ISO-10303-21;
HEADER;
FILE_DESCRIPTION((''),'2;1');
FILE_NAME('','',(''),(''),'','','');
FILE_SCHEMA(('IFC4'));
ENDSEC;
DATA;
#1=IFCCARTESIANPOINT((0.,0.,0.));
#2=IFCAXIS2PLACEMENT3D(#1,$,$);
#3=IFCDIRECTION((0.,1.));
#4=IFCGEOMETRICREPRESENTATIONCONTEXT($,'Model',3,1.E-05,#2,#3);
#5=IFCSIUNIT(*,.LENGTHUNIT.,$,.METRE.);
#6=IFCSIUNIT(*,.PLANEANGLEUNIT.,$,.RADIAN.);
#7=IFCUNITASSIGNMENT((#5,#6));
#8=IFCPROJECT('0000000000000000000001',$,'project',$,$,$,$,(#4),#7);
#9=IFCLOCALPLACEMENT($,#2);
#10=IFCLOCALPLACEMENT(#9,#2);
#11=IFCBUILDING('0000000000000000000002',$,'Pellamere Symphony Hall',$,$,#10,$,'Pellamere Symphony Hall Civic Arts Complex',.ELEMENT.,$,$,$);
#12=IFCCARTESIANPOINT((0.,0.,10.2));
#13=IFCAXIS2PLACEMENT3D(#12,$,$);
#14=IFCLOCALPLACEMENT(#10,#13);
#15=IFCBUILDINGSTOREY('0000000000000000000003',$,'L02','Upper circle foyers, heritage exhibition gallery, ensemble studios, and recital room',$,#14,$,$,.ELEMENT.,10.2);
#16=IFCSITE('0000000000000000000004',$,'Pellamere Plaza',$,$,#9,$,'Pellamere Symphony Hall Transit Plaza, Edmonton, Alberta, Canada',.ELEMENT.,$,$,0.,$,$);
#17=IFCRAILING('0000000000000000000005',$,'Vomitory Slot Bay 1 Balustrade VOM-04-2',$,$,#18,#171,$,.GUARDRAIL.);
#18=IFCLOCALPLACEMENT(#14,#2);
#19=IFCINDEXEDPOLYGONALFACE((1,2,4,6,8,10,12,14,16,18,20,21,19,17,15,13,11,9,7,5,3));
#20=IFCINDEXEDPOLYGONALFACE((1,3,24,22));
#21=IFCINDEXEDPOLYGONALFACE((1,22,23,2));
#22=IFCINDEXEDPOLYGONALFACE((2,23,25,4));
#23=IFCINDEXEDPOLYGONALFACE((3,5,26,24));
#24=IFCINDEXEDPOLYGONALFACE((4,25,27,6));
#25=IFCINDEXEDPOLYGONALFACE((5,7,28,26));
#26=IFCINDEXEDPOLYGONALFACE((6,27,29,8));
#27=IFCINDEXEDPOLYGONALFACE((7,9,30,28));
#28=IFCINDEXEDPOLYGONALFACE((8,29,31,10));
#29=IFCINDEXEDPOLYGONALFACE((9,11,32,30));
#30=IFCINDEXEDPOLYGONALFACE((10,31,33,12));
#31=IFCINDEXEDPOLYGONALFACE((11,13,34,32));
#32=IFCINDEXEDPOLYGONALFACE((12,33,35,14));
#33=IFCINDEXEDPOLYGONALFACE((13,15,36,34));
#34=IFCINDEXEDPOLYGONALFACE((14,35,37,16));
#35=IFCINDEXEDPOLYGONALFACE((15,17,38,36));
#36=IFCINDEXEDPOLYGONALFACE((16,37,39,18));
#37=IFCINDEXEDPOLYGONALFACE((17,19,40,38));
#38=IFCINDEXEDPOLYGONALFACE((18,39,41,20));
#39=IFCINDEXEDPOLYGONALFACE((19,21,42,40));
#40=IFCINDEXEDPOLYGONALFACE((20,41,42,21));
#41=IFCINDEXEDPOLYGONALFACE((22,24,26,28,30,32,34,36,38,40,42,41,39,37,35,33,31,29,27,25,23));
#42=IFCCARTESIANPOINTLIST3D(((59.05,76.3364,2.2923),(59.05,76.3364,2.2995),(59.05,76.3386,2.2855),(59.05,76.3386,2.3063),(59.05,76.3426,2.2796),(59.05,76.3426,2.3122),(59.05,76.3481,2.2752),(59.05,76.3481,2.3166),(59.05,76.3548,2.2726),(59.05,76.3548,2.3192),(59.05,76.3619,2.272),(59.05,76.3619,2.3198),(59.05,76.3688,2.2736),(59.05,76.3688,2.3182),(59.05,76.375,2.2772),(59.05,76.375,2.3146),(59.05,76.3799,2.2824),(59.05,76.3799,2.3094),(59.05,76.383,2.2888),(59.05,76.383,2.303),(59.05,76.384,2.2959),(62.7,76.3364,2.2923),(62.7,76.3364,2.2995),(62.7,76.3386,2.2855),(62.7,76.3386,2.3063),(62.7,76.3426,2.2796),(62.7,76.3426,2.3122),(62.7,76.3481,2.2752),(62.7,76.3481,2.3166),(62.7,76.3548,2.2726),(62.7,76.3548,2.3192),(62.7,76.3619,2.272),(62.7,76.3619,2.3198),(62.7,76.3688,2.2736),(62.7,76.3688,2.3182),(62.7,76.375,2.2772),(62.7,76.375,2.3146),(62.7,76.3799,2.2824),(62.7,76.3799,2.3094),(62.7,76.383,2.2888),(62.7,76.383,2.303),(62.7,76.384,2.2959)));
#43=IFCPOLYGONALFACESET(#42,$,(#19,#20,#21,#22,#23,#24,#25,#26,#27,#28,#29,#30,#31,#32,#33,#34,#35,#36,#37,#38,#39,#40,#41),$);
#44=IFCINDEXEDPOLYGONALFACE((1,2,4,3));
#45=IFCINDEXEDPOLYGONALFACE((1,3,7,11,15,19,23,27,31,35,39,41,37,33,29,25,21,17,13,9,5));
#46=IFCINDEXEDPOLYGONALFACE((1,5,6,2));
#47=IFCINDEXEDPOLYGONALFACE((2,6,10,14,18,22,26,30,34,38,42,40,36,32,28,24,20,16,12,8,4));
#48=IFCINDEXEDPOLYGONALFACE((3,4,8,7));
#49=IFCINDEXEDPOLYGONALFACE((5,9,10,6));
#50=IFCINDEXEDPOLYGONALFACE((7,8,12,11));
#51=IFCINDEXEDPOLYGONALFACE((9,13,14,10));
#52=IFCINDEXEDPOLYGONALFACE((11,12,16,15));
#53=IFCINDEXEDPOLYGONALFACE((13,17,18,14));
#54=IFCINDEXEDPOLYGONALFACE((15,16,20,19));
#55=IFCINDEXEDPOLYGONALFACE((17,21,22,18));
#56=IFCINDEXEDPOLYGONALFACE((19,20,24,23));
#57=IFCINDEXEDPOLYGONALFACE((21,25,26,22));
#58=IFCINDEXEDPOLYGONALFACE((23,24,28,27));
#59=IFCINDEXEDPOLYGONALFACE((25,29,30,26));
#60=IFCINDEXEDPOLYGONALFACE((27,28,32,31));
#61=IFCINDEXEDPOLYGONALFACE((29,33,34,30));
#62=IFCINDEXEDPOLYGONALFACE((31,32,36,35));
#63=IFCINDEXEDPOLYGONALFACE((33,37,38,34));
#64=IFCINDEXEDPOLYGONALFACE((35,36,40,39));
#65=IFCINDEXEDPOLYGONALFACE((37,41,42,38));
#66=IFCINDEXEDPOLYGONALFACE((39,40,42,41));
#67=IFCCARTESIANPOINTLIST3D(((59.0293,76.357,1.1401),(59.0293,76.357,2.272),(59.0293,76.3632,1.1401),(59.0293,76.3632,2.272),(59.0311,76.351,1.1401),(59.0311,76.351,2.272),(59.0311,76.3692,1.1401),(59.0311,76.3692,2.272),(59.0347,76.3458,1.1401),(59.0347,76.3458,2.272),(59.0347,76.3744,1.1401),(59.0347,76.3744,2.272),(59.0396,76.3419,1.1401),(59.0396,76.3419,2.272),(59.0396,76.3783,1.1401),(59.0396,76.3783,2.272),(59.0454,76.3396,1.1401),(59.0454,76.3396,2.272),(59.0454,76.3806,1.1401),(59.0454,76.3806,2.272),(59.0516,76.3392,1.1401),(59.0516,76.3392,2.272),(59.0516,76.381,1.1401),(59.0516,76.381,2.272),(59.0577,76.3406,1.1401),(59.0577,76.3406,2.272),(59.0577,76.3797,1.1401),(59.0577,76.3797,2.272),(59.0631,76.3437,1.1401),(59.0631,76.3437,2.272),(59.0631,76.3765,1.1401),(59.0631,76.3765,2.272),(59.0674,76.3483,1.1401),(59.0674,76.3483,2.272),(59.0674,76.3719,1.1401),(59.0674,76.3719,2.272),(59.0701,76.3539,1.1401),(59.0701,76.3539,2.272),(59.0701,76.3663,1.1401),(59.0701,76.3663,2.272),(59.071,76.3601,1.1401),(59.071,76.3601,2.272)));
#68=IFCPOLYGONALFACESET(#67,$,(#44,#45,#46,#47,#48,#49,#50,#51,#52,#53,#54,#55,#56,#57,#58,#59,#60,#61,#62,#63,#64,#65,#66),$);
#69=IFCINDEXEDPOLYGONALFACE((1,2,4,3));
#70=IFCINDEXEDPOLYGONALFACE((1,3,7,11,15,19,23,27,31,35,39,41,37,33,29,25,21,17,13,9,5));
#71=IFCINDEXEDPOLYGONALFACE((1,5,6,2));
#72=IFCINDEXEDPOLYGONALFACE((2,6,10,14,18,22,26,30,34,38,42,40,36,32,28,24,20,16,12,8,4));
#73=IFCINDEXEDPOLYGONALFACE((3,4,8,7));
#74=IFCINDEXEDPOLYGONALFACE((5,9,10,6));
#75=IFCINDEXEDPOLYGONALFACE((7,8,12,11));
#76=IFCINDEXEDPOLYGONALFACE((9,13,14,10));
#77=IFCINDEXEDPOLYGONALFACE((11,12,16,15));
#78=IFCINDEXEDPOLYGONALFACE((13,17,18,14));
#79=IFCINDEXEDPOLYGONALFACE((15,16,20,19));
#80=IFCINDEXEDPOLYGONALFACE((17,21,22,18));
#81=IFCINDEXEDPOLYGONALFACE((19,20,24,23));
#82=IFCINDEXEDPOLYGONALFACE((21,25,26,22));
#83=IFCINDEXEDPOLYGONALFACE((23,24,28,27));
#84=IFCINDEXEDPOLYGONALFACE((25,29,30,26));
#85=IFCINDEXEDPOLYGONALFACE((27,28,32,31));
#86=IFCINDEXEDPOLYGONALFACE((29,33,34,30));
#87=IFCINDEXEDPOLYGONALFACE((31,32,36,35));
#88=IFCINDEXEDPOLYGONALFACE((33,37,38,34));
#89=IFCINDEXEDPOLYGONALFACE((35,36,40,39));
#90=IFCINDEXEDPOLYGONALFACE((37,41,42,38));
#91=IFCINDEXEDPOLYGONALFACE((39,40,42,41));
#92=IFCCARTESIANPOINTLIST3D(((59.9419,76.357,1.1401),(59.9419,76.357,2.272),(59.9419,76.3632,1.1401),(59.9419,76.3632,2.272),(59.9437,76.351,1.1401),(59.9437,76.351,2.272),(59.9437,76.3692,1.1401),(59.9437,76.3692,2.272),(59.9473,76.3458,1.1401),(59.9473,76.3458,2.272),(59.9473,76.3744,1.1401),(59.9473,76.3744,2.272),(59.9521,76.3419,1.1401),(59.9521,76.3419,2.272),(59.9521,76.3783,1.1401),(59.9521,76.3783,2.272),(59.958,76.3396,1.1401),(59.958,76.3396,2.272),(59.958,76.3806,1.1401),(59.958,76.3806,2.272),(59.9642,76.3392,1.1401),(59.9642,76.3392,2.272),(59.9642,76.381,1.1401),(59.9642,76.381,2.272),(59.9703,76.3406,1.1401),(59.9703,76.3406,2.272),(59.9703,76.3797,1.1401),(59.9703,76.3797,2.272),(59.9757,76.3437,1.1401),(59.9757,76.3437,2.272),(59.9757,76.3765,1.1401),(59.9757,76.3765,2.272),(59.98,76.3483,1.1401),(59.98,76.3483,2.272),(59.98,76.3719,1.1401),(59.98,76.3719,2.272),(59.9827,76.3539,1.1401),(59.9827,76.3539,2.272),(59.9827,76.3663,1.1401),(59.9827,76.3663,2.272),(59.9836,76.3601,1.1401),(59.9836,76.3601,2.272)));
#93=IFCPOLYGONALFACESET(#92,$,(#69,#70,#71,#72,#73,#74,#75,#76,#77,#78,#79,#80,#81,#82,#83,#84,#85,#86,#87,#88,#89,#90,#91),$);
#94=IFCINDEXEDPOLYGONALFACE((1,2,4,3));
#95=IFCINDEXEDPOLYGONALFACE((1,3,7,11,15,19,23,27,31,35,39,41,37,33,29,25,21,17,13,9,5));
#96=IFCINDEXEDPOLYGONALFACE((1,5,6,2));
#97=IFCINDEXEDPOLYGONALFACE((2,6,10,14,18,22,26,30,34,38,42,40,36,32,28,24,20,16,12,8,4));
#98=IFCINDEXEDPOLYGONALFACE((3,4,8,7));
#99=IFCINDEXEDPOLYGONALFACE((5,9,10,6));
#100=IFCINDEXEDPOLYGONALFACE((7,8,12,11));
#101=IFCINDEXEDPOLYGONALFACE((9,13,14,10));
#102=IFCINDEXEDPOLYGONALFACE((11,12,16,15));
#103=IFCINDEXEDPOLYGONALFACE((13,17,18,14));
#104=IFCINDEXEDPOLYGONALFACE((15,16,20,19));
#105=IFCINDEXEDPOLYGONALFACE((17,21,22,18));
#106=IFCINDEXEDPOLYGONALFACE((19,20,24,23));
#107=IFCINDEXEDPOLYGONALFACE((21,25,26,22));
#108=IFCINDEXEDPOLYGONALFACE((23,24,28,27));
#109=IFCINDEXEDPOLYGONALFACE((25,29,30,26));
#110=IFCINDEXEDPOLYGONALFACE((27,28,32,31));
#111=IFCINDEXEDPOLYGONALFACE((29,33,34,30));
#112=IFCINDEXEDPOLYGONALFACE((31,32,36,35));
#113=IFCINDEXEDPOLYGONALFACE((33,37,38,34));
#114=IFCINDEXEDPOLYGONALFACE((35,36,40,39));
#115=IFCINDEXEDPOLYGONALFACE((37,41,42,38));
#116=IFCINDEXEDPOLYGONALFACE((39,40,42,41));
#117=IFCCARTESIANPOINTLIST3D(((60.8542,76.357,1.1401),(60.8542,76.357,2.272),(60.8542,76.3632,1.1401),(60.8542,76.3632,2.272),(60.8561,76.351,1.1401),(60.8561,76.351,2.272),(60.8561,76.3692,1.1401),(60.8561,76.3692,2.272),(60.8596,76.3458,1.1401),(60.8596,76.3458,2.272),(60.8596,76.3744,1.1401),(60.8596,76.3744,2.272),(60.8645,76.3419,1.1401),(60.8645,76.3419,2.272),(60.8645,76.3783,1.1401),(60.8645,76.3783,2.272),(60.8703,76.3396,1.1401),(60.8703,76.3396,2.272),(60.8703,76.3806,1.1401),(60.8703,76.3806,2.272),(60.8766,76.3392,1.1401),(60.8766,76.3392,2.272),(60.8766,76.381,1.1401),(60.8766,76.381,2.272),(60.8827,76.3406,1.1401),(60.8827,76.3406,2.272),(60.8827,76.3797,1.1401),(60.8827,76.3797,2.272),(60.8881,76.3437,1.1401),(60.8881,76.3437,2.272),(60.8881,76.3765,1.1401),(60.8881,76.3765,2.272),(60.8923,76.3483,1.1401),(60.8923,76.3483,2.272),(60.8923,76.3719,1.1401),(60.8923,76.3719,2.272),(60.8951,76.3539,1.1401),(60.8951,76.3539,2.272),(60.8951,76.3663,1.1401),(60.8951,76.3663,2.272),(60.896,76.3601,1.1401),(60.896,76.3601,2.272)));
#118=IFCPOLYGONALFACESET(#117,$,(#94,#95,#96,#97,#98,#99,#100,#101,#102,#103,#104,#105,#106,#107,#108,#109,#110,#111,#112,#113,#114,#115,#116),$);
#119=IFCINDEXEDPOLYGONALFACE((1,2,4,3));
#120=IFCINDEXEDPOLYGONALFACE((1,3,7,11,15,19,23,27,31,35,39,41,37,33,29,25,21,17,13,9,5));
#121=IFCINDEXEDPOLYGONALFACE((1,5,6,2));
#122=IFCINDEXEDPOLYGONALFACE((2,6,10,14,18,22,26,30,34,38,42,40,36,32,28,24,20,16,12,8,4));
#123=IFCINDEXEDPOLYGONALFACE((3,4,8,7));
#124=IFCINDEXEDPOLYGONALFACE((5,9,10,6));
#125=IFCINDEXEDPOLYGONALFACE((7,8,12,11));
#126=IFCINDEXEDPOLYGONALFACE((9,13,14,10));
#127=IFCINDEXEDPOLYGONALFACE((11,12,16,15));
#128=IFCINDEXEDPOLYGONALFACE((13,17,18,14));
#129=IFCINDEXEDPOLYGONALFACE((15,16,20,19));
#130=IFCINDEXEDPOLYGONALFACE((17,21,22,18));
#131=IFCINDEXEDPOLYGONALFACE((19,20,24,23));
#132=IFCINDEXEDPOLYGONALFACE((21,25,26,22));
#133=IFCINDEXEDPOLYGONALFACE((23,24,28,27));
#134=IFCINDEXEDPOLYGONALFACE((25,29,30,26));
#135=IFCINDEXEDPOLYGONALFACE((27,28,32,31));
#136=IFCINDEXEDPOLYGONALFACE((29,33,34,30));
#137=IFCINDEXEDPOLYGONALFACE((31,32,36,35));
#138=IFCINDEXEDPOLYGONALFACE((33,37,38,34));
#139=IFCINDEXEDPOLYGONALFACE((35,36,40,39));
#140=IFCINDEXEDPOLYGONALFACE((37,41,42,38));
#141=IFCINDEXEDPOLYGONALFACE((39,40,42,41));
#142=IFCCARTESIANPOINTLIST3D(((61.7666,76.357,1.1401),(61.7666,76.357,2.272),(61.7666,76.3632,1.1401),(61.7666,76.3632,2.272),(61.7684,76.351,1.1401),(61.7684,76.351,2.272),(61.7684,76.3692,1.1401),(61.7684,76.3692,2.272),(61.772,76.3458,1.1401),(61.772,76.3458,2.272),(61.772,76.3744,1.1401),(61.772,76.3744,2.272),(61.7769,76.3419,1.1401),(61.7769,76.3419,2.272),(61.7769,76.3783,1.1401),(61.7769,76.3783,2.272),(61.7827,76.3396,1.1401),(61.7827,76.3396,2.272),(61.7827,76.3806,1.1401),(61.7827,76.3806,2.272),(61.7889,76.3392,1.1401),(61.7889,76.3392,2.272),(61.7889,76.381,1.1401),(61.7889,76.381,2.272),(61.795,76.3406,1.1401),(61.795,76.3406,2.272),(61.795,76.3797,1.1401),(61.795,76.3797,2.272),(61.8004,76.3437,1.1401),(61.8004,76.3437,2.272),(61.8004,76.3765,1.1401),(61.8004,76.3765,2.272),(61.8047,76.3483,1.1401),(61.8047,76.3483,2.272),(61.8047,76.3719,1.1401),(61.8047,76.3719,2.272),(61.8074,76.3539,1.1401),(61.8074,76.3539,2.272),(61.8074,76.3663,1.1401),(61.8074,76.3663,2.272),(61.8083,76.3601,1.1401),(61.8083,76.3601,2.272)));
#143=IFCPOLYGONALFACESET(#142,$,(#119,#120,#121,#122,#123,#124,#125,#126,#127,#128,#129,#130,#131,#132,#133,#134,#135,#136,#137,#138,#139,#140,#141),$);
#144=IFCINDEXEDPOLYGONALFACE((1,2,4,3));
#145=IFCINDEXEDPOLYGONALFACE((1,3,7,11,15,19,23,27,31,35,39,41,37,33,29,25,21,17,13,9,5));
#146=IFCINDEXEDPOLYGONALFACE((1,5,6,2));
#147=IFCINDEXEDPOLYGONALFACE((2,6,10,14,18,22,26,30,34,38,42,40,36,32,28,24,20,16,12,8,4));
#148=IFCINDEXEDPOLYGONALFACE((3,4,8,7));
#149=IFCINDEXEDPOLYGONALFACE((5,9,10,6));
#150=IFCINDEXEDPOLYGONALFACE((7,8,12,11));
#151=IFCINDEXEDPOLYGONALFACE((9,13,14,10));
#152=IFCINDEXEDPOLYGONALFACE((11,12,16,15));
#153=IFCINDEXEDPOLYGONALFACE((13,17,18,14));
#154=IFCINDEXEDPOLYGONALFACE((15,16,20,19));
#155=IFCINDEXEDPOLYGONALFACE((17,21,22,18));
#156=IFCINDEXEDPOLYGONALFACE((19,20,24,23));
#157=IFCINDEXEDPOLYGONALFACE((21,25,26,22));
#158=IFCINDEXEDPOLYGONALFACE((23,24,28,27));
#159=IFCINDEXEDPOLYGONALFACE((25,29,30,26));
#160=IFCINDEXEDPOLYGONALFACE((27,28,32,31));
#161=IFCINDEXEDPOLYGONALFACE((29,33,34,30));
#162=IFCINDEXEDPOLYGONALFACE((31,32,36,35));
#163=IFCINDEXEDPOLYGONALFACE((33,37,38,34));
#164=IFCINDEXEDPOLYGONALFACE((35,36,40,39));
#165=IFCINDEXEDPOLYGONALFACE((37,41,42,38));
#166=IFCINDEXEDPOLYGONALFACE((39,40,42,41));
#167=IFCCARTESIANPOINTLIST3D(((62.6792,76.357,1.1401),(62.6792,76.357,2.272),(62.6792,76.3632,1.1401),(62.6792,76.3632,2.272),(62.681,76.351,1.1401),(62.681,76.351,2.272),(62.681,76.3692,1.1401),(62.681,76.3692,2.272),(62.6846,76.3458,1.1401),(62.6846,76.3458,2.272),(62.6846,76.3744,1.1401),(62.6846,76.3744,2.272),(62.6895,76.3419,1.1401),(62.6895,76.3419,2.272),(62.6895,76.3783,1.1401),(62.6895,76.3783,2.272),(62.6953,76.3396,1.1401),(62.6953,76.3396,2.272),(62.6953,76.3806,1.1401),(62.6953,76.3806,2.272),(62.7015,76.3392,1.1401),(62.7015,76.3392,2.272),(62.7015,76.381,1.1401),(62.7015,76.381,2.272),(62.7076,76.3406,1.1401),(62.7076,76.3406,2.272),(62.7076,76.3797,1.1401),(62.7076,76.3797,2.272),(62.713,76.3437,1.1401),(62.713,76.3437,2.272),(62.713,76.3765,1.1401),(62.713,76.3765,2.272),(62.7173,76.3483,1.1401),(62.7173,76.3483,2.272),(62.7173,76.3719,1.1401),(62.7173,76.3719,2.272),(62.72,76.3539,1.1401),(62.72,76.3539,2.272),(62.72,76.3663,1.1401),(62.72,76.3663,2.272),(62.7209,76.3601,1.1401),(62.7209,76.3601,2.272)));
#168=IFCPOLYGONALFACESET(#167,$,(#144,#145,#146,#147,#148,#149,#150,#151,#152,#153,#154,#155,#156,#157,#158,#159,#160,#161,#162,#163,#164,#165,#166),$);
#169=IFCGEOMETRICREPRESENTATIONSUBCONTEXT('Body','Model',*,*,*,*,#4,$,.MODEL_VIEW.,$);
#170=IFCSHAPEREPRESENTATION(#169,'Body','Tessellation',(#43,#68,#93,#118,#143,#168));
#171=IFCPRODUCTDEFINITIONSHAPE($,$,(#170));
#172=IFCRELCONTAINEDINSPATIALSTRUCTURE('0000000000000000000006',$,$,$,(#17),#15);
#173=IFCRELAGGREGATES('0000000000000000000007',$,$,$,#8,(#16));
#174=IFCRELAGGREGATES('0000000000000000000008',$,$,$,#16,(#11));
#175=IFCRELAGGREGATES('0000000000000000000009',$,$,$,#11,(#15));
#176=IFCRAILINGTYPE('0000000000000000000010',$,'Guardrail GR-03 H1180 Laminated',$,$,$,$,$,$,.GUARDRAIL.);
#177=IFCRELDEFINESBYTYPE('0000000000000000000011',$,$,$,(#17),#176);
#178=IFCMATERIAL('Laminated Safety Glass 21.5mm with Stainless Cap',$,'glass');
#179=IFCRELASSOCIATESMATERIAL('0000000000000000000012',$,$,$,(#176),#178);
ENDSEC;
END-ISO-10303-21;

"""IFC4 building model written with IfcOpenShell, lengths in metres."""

from ifc_helpers import new_model, si_unit, direction, frame, origin, origin_2d, place, context, subcontext, project, spatial, circle, extrude, material, type_object, element, save


model = new_model("IFC4")

# Units and contexts
model_context = context("Model", 3, precision=1e-05, world=origin(), true_north=direction((0.0, 1.0)))
body_context = subcontext(model_context, "Body", "Model", "MODEL_VIEW")
ifc_project = project(units=[si_unit("LENGTHUNIT", "METRE"), si_unit("PLANEANGLEUNIT", "RADIAN")], contexts=[model_context])

# Site, building, storey
site_placement = place(None, origin())
site = spatial("IfcSite", under=ifc_project, at=site_placement, Name="Pellamere Plaza", LongName="Pellamere Symphony Hall Transit Plaza, Edmonton, Alberta, Canada", CompositionType="ELEMENT", RefElevation=0.0)
building_placement = place(site_placement, origin())
building = spatial("IfcBuilding", under=site, at=building_placement, Name="Pellamere Symphony Hall", LongName="Pellamere Symphony Hall Civic Arts Complex", CompositionType="ELEMENT")
storey_placement = place(building_placement, frame((0.0, 0.0, 10.2)))
storey = spatial("IfcBuildingStorey", under=building, at=storey_placement, Name="L02", Description="Upper circle foyers, heritage exhibition gallery, ensemble studios, and recital room", CompositionType="ELEMENT", Elevation=10.2)

# Railing
ifc_material_1 = material(Name="Laminated Safety Glass 21.5mm with Stainless Cap", Category="glass")
railing_type = type_object("IfcRailingType", Name="Guardrail GR-03 H1180 Laminated", PredefinedType="GUARDRAIL", material=ifc_material_1)
railing_1_placement = place(storey_placement, frame((59.05, 76.3601, 1.1401)))
element("IfcRailing", 1, at=railing_1_placement, inside=storey, type_object=railing_type, Name="Vomitory Slot Bay 1 Balustrade VOM-04-2", PredefinedType="GUARDRAIL", context=body_context, shape_type="SweptSolid", body=[
    extrude(circle(Radius=0.0239, at=origin_2d()), frame((0.0, 0.0, 1.1558), z_axis=(1.0, 0.0, 0.0), x_axis=(0.0, 1.0, 0.0)), (0.0, 0.0, 1.0), 3.6499),
    extrude(circle(Radius=0.021, at=origin_2d()), origin(), (0.0, 0.0, 1.0), 1.1318),
    extrude(circle(Radius=0.021, at=origin_2d()), frame((0.9126, 0.0, 0.0)), (0.0, 0.0, 1.0), 1.1318),
    extrude(circle(Radius=0.021, at=origin_2d()), frame((1.825, 0.0, 0.0)), (0.0, 0.0, 1.0), 1.1318),
    extrude(circle(Radius=0.021, at=origin_2d()), frame((2.7373, 0.0, 0.0)), (0.0, 0.0, 1.0), 1.1318),
    extrude(circle(Radius=0.021, at=origin_2d()), frame((3.6499, 0.0, 0.0)), (0.0, 0.0, 1.0), 1.1318),
])

save(model, "model.ifc")
